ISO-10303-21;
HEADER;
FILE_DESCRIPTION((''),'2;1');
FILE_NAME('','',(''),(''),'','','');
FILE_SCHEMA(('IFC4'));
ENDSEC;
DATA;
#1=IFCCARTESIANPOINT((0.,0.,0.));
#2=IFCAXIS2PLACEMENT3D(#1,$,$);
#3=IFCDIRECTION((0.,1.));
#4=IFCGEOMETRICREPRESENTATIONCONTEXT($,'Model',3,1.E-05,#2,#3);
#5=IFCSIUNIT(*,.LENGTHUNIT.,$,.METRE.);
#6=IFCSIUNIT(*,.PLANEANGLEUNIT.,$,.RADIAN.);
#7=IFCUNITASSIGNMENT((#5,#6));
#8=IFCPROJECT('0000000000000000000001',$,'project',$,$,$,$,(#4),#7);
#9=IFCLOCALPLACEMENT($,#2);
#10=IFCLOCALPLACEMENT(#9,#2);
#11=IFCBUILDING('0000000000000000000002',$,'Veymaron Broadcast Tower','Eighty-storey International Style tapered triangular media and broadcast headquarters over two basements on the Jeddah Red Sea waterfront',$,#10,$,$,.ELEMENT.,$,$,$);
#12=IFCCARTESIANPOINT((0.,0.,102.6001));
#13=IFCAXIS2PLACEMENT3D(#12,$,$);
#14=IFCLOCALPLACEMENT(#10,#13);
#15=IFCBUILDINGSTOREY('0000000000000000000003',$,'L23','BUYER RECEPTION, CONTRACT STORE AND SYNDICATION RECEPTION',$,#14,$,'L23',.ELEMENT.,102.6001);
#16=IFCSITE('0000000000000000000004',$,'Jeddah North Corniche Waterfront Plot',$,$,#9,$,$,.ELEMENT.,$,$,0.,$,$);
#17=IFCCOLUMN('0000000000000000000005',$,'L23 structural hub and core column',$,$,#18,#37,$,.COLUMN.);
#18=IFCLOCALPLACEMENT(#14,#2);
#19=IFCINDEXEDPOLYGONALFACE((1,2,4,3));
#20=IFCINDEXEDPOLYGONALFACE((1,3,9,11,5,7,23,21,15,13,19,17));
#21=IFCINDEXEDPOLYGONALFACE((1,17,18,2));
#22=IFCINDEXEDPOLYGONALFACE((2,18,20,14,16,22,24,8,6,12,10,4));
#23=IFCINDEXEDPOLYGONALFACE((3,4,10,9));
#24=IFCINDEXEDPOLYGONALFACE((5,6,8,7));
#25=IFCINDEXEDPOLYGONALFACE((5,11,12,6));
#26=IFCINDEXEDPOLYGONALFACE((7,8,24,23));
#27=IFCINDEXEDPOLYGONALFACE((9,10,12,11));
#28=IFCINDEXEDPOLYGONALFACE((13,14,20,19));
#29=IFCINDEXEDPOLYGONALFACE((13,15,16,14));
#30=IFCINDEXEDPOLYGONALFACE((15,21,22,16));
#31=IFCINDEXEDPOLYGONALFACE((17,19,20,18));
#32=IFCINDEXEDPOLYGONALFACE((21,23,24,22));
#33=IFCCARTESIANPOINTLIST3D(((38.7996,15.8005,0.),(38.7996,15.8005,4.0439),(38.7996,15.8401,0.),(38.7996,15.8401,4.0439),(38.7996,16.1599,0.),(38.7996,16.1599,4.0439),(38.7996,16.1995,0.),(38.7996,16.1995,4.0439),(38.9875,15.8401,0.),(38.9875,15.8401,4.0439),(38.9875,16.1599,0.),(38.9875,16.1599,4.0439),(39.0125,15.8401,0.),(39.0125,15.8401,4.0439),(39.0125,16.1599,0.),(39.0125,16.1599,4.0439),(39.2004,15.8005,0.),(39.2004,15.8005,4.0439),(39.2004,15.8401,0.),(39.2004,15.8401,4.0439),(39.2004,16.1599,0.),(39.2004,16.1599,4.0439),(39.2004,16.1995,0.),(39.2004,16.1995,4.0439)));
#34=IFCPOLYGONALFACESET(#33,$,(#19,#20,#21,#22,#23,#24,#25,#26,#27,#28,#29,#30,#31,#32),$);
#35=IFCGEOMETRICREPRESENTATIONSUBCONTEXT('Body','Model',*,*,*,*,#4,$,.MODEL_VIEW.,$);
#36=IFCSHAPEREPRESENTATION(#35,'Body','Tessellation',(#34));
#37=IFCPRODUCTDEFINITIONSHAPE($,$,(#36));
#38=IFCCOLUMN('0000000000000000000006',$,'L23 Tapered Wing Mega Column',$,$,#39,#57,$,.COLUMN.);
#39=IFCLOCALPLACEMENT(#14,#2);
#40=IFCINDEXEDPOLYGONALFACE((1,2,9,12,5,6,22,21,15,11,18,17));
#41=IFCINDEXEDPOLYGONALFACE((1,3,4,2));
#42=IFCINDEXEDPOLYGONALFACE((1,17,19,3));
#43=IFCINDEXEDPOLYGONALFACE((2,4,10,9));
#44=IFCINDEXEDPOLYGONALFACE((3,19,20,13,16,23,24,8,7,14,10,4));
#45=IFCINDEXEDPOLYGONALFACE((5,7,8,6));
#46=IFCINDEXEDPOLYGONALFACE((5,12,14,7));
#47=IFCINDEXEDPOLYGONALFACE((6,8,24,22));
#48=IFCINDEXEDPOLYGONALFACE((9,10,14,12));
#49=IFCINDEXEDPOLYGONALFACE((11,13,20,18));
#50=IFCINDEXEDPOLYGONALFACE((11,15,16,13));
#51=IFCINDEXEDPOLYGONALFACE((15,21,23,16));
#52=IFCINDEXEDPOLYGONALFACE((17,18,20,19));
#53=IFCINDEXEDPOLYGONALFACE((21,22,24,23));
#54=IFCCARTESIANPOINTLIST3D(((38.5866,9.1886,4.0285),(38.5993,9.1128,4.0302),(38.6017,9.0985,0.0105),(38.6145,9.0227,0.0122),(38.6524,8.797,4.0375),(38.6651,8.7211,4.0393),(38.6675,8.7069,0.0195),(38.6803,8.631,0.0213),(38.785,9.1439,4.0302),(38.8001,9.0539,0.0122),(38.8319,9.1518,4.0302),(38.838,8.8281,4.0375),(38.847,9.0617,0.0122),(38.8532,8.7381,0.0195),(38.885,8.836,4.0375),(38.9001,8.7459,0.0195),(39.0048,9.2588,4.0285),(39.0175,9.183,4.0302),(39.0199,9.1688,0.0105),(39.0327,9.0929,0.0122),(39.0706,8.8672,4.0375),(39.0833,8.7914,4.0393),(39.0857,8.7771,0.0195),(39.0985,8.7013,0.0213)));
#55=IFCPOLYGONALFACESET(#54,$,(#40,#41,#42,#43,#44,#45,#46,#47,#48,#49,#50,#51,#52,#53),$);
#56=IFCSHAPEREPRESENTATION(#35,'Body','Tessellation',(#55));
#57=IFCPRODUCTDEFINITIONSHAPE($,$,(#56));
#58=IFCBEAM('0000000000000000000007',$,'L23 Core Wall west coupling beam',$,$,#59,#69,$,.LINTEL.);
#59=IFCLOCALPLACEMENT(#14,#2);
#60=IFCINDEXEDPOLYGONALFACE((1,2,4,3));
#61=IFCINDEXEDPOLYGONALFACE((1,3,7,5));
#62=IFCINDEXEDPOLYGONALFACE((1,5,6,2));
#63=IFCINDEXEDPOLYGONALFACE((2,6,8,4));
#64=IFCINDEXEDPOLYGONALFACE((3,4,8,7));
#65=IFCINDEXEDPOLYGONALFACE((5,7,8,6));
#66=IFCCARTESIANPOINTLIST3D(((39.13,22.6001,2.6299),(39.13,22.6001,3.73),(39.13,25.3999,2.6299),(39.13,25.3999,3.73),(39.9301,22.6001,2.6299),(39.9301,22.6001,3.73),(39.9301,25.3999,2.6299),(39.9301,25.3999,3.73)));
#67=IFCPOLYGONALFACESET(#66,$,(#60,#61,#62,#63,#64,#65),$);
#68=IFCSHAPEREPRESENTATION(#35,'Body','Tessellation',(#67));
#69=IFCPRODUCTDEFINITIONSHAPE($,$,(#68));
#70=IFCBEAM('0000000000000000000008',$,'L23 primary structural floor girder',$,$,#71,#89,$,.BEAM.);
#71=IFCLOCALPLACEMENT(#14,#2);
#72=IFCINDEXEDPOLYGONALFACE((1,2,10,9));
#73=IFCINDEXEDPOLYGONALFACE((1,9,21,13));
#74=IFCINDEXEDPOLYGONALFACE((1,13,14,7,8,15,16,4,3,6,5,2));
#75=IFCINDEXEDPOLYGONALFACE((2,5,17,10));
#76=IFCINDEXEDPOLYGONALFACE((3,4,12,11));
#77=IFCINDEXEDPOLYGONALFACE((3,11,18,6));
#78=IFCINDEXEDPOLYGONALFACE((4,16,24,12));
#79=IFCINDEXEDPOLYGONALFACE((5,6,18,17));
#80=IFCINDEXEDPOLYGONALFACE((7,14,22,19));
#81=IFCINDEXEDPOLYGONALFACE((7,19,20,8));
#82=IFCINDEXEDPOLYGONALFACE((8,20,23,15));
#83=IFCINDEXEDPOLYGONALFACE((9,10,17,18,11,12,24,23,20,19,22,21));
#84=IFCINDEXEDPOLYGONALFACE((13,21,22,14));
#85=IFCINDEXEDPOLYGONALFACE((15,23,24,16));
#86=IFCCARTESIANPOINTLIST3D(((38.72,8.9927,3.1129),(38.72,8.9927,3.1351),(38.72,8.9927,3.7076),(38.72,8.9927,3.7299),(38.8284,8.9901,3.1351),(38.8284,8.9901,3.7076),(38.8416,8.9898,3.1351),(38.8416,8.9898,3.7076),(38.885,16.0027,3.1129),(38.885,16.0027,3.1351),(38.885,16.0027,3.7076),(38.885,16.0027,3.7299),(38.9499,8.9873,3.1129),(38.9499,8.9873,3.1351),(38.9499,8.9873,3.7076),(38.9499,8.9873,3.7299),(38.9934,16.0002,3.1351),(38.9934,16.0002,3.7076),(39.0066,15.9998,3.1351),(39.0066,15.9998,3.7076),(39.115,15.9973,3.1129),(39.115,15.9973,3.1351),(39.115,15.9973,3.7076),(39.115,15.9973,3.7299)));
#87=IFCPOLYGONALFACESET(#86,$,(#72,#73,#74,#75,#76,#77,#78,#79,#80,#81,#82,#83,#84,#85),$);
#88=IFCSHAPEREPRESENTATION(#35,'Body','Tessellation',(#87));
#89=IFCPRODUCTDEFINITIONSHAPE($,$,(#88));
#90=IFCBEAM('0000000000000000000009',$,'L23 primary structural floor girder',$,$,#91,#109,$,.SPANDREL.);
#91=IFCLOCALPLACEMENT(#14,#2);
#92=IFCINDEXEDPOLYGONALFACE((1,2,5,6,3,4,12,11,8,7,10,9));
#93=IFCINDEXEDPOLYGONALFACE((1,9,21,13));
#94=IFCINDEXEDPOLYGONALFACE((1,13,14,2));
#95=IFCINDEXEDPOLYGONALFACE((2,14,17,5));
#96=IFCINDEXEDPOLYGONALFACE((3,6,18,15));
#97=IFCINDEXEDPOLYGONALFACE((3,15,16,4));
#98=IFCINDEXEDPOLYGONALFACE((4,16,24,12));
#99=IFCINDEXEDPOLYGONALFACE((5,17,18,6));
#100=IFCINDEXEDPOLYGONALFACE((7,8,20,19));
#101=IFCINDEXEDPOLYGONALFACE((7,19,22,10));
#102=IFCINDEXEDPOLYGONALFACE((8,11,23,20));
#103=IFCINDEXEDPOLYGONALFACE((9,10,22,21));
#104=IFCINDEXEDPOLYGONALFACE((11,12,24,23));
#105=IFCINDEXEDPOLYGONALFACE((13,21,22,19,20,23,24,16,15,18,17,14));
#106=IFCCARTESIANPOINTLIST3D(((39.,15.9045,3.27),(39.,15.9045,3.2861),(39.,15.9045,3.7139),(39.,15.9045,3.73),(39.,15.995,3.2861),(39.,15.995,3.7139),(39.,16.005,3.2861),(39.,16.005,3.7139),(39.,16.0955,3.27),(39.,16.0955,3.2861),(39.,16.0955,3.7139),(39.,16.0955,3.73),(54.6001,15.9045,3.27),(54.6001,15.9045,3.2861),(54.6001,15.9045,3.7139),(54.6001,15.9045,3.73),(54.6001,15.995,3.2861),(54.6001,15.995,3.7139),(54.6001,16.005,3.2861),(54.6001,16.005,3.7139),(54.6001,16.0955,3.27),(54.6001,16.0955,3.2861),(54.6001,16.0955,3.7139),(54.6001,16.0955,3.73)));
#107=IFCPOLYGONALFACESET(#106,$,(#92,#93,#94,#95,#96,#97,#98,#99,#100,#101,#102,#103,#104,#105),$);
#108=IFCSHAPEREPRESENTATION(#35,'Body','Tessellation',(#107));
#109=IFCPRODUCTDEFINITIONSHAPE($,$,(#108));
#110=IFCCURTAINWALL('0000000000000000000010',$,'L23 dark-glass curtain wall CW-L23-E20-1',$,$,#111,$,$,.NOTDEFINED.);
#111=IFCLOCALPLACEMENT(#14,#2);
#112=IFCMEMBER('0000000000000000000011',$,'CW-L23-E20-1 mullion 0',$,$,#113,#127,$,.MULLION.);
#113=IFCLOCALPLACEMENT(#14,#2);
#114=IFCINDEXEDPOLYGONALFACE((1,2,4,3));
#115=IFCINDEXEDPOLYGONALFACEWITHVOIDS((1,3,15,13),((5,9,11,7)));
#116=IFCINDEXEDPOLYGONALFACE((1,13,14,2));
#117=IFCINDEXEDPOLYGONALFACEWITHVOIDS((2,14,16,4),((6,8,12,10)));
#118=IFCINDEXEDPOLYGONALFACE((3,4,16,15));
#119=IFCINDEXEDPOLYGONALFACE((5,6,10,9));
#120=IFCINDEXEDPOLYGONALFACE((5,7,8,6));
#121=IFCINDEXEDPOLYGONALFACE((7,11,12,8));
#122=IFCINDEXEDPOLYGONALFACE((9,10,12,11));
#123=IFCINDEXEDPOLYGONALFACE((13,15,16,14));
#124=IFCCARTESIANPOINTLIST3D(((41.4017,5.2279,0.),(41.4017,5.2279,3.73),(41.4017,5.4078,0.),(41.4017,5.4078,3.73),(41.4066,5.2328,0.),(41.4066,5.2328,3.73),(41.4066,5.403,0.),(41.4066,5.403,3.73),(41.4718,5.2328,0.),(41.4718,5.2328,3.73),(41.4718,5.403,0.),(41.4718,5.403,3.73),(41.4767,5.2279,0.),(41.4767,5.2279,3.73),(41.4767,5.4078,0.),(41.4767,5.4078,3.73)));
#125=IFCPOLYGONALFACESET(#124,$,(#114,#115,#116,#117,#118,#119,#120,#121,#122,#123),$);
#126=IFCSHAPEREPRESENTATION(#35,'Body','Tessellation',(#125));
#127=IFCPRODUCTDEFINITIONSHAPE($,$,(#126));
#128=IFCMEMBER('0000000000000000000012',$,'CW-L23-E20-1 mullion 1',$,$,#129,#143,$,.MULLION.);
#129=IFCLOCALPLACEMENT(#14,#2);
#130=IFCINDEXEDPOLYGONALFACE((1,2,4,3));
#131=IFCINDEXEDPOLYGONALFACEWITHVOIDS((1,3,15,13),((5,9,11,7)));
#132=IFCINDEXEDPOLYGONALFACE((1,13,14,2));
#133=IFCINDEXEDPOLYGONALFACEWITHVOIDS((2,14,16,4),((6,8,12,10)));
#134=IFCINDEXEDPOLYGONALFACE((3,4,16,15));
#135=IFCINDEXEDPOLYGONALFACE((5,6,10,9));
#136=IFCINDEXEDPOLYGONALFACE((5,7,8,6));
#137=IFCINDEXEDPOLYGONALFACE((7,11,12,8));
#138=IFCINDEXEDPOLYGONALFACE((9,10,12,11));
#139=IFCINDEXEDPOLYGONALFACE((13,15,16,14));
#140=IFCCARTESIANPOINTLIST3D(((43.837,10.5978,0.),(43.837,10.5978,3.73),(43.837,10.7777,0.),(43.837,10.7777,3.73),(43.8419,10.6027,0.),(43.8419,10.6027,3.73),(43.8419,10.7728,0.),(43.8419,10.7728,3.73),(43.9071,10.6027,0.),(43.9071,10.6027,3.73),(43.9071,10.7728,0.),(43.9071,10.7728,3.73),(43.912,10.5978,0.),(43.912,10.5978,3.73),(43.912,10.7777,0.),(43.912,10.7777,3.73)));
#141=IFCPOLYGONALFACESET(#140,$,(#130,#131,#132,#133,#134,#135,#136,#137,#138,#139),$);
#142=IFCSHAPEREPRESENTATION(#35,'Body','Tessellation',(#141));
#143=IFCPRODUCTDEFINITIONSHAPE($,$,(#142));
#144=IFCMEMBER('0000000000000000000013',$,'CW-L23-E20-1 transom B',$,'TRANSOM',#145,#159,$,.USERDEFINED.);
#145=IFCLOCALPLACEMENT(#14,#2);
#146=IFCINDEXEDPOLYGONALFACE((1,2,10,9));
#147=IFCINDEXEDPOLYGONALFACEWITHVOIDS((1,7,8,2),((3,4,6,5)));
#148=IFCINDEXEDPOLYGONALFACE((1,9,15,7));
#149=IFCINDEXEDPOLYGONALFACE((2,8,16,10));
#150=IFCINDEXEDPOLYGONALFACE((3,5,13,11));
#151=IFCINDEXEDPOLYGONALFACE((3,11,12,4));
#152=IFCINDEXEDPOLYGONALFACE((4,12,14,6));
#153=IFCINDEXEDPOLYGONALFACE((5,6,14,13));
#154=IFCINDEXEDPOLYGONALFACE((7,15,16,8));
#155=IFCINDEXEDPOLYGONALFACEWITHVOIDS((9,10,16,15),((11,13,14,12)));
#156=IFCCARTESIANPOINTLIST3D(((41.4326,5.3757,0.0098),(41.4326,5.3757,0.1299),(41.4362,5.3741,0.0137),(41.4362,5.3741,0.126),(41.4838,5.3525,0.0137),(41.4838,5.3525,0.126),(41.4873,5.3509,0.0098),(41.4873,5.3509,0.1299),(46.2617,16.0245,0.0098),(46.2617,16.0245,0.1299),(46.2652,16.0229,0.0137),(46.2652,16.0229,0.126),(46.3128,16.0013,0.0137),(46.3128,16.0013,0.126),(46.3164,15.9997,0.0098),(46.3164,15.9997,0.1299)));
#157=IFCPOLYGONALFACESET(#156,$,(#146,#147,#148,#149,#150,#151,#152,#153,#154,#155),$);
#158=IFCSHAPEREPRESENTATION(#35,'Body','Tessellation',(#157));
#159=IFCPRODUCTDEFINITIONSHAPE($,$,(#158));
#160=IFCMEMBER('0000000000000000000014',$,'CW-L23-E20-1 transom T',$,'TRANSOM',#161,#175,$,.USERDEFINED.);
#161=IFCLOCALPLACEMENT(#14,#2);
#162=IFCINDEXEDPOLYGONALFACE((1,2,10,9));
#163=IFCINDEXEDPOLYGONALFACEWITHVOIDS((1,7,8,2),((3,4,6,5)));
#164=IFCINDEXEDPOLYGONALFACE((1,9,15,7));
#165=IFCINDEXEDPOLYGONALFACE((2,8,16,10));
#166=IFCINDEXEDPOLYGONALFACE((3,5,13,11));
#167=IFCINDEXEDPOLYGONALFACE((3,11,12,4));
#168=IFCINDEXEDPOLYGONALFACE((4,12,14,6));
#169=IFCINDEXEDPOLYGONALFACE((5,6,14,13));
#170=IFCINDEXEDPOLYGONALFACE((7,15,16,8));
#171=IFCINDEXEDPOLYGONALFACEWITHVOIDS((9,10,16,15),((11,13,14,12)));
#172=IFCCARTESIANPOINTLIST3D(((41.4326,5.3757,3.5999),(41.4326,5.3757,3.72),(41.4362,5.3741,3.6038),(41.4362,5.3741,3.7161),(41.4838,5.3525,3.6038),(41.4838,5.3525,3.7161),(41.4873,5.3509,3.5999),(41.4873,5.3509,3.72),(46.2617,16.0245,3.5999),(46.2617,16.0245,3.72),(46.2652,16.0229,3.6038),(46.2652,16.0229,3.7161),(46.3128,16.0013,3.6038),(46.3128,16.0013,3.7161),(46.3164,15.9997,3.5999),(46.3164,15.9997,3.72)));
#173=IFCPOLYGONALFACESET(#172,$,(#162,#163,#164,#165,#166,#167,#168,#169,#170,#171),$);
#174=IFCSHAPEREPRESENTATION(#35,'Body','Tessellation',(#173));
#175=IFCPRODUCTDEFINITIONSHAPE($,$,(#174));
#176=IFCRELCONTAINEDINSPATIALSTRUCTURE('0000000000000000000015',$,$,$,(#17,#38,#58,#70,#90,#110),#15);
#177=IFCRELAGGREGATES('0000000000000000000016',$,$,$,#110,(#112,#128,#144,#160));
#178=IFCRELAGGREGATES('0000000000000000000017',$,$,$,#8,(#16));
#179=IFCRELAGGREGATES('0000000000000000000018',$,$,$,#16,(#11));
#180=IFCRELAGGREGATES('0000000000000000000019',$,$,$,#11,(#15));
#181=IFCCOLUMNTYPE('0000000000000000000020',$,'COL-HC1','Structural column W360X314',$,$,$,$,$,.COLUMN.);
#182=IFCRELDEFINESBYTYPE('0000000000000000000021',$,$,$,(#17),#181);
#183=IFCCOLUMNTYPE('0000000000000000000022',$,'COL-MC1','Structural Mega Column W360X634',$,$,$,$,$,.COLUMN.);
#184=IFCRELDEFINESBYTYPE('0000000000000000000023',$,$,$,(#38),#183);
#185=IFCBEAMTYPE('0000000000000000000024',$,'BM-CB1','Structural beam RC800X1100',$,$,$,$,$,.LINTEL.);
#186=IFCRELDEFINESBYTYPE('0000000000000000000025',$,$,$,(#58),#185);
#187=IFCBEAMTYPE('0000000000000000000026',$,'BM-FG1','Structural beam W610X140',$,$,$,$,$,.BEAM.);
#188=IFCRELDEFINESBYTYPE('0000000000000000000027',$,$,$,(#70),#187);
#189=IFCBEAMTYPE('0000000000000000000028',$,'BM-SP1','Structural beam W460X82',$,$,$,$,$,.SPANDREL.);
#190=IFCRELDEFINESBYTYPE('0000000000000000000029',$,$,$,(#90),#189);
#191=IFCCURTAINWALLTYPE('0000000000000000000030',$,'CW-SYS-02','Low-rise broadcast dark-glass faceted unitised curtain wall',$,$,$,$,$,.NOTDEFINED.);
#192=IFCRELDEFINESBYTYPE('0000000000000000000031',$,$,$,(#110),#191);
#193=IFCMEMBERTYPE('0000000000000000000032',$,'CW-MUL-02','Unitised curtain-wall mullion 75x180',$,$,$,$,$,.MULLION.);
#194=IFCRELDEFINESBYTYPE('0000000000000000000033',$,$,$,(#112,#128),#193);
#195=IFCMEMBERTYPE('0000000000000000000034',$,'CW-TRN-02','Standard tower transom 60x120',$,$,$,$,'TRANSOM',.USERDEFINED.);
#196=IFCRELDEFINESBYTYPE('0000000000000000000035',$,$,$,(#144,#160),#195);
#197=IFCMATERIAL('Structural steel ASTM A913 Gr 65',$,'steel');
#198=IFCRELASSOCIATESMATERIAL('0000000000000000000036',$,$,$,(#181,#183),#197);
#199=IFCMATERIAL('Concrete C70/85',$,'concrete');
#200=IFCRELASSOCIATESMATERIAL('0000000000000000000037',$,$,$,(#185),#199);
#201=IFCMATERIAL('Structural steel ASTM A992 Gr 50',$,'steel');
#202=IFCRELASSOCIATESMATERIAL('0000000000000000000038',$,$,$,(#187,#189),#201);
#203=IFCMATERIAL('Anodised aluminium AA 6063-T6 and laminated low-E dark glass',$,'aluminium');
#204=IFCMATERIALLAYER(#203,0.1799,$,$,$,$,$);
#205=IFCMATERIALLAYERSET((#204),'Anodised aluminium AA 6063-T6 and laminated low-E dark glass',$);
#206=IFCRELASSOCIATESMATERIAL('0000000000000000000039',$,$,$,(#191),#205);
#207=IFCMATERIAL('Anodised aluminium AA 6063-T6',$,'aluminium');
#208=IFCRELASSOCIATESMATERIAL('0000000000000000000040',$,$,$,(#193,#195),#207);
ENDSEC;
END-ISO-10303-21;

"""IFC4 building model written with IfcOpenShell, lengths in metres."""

from ifc_helpers import new_model, si_unit, direction, frame, origin, origin_2d, place, context, subcontext, project, spatial, rectangle, hollow_rectangle, i_section, extrude, material, layer, layer_set, material_profile, profile_set, type_object, element, aggregate, save


model = new_model("IFC4")

# Units and contexts
model_context = context("Model", 3, precision=1e-05, world=origin(), true_north=direction((0.0, 1.0)))
body_context = subcontext(model_context, "Body", "Model", "MODEL_VIEW")
ifc_project = project(units=[si_unit("LENGTHUNIT", "METRE"), si_unit("PLANEANGLEUNIT", "RADIAN")], contexts=[model_context])

# Site, building, storey
site_placement = place(None, origin())
site = spatial("IfcSite", under=ifc_project, at=site_placement, Name="Jeddah North Corniche Waterfront Plot", CompositionType="ELEMENT", RefElevation=0.0)
building_placement = place(site_placement, origin())
building = spatial("IfcBuilding", under=site, at=building_placement, Name="Veymaron Broadcast Tower", Description="Eighty-storey International Style tapered triangular media and broadcast headquarters over two basements on the Jeddah Red Sea waterfront", CompositionType="ELEMENT")
storey_placement = place(building_placement, frame((0.0, 0.0, 102.6001)))
storey = spatial("IfcBuildingStorey", under=building, at=storey_placement, Name="L23", Description="BUYER RECEPTION, CONTRACT STORE AND SYNDICATION RECEPTION", LongName="L23", CompositionType="ELEMENT", Elevation=102.6001)

# Columns
ifc_material_1 = material(Name="Structural steel ASTM A913 Gr 65", Category="steel")
ifc_material_profile_1 = material_profile(ifc_material_1, i_section(OverallWidth=0.4009, OverallDepth=0.3989, WebThickness=0.0249, FlangeThickness=0.0396, at=origin_2d()), Name="W360X314")
ifc_profile_set_1 = profile_set([ifc_material_profile_1], Name="Structural steel ASTM A913 Gr 65")
column_type_1 = type_object("IfcColumnType", Name="COL-HC1", Description="Structural column W360X314", PredefinedType="COLUMN", material=ifc_profile_set_1)
column_1_placement = place(storey_placement, frame((39.0, 16.0, 0.0), z_axis=(0.0, 0.0, 1.0), x_axis=(1.0, 0.0, 0.0)))
element("IfcColumn", 1, at=column_1_placement, inside=storey, type_object=column_type_1, Name="L23 structural hub and core column", PredefinedType="COLUMN", context=body_context, shape_type="SweptSolid", body=[
    extrude(i_section(OverallWidth=0.4009, OverallDepth=0.3989, WebThickness=0.0249, FlangeThickness=0.0396, at=origin_2d()), origin(), (0.0, 0.0, 1.0), 4.0439),
])
ifc_material_profile_2 = material_profile(ifc_material_1, i_section(OverallWidth=0.4241, OverallDepth=0.4741, WebThickness=0.0476, FlangeThickness=0.0769, at=origin_2d()), Name="W360X634")
ifc_profile_set_2 = profile_set([ifc_material_profile_2], Name="Structural steel ASTM A913 Gr 65")
column_type_2 = type_object("IfcColumnType", Name="COL-MC1", Description="Structural Mega Column W360X634", PredefinedType="COLUMN", material=ifc_profile_set_2)
column_2_placement = place(storey_placement, frame((38.8501, 8.8999, 0.0159), z_axis=(-0.003766, 0.022415, 0.999742), x_axis=(-0.986176, -0.165699, 0.0)))
element("IfcColumn", 2, at=column_2_placement, inside=storey, type_object=column_type_2, Name="L23 Tapered Wing Mega Column", PredefinedType="COLUMN", context=body_context, shape_type="SweptSolid", body=[
    extrude(i_section(OverallWidth=0.4241, OverallDepth=0.4741, WebThickness=0.0476, FlangeThickness=0.0769, at=origin_2d()), origin(), (0.0, 0.0, 1.0), 4.019),
])

# Beams
ifc_material_2 = material(Name="Concrete C70/85", Category="concrete")
ifc_material_profile_3 = material_profile(ifc_material_2, rectangle(XDim=0.8, YDim=1.1001, at=origin_2d()), Name="RC800X1100")
ifc_profile_set_3 = profile_set([ifc_material_profile_3], Name="Concrete C70/85")
beam_type_1 = type_object("IfcBeamType", Name="BM-CB1", Description="Structural beam RC800X1100", PredefinedType="LINTEL", material=ifc_profile_set_3)
beam_1_placement = place(storey_placement, frame((39.53, 22.6001, 3.1799), z_axis=(0.0, 1.0, 0.0), x_axis=(-1.0, 0.0, 0.0)))
element("IfcBeam", 3, at=beam_1_placement, inside=storey, type_object=beam_type_1, Name="L23 Core Wall west coupling beam", PredefinedType="LINTEL", context=body_context, shape_type="SweptSolid", body=[
    extrude(rectangle(XDim=0.8, YDim=1.1001, at=origin_2d()), origin(), (0.0, 0.0, 1.0), 2.7998),
])
ifc_material_3 = material(Name="Structural steel ASTM A992 Gr 50", Category="steel")
ifc_material_profile_4 = material_profile(ifc_material_3, i_section(OverallWidth=0.23, OverallDepth=0.6169, WebThickness=0.0132, FlangeThickness=0.0222, at=origin_2d()), Name="W610X140")
ifc_profile_set_4 = profile_set([ifc_material_profile_4], Name="Structural steel ASTM A992 Gr 50")
beam_type_2 = type_object("IfcBeamType", Name="BM-FG1", Description="Structural beam W610X140", PredefinedType="BEAM", material=ifc_profile_set_4)
beam_2_placement = place(storey_placement, frame((39.0, 16.0, 3.4214), z_axis=(-0.023537, -0.999723, 0.0), x_axis=(0.999723, -0.023537, 0.0)))
element("IfcBeam", 4, at=beam_2_placement, inside=storey, type_object=beam_type_2, Name="L23 primary structural floor girder", PredefinedType="BEAM", context=body_context, shape_type="SweptSolid", body=[
    extrude(i_section(OverallWidth=0.23, OverallDepth=0.6169, WebThickness=0.0132, FlangeThickness=0.0222, at=origin_2d()), origin(), (0.0, 0.0, 1.0), 7.012),
])
ifc_material_profile_5 = material_profile(ifc_material_3, i_section(OverallWidth=0.1909, OverallDepth=0.46, WebThickness=0.01, FlangeThickness=0.0161, at=origin_2d()), Name="W460X82")
ifc_profile_set_5 = profile_set([ifc_material_profile_5], Name="Structural steel ASTM A992 Gr 50")
beam_type_3 = type_object("IfcBeamType", Name="BM-SP1", Description="Structural beam W460X82", PredefinedType="SPANDREL", material=ifc_profile_set_5)
beam_3_placement = place(storey_placement, frame((39.0, 16.0, 3.5), z_axis=(1.0, 0.0, 0.0), x_axis=(0.0, 1.0, 0.0)))
element("IfcBeam", 5, at=beam_3_placement, inside=storey, type_object=beam_type_3, Name="L23 primary structural floor girder", PredefinedType="SPANDREL", context=body_context, shape_type="SweptSolid", body=[
    extrude(i_section(OverallWidth=0.1909, OverallDepth=0.46, WebThickness=0.01, FlangeThickness=0.0161, at=origin_2d()), origin(), (0.0, 0.0, 1.0), 15.6001),
])

# Curtain wall, members
ifc_material_4 = material(Name="Anodised aluminium AA 6063-T6 and laminated low-E dark glass", Category="aluminium")
ifc_layer_1 = layer(ifc_material_4, 0.1799)
ifc_layer_set_1 = layer_set([ifc_layer_1], Name="Anodised aluminium AA 6063-T6 and laminated low-E dark glass")
curtain_wall_type = type_object("IfcCurtainWallType", Name="CW-SYS-02", Description="Low-rise broadcast dark-glass faceted unitised curtain wall", PredefinedType="NOTDEFINED", material=ifc_layer_set_1)
curtain_wall_placement = place(storey_placement, origin())
curtain_wall = element("IfcCurtainWall", 6, at=curtain_wall_placement, inside=storey, type_object=curtain_wall_type, Name="L23 dark-glass curtain wall CW-L23-E20-1", PredefinedType="NOTDEFINED")
ifc_material_5 = material(Name="Anodised aluminium AA 6063-T6", Category="aluminium")
ifc_material_profile_6 = material_profile(ifc_material_5, hollow_rectangle(XDim=0.075, YDim=0.1799, WallThickness=0.0049, at=origin_2d()), Name="AL180X75X5")
ifc_profile_set_6 = profile_set([ifc_material_profile_6], Name="Anodised aluminium AA 6063-T6")
member_type_1 = type_object("IfcMemberType", Name="CW-MUL-02", Description="Unitised curtain-wall mullion 75x180", PredefinedType="MULLION", material=ifc_profile_set_6)
member_1_placement = place(storey_placement, frame((41.4392, 5.3179, 0.0), z_axis=(0.0, 0.0, 1.0), x_axis=(1.0, 0.0, 0.0)))
member_1 = element("IfcMember", 7, at=member_1_placement, type_object=member_type_1, Name="CW-L23-E20-1 mullion 0", PredefinedType="MULLION", context=body_context, shape_type="SweptSolid", body=[
    extrude(hollow_rectangle(XDim=0.075, YDim=0.1799, WallThickness=0.0049, at=origin_2d()), origin(), (0.0, 0.0, 1.0), 3.73),
])
member_2_placement = place(storey_placement, frame((43.8745, 10.6877, 0.0), z_axis=(0.0, 0.0, 1.0), x_axis=(1.0, 0.0, 0.0)))
member_2 = element("IfcMember", 8, at=member_2_placement, type_object=member_type_1, Name="CW-L23-E20-1 mullion 1", PredefinedType="MULLION", context=body_context, shape_type="SweptSolid", body=[
    extrude(hollow_rectangle(XDim=0.075, YDim=0.1799, WallThickness=0.0049, at=origin_2d()), origin(), (0.0, 0.0, 1.0), 3.73),
])
ifc_material_profile_7 = material_profile(ifc_material_5, hollow_rectangle(XDim=0.0601, YDim=0.1201, WallThickness=0.0039, at=origin_2d()), Name="AL120X60X4")
ifc_profile_set_7 = profile_set([ifc_material_profile_7], Name="Anodised aluminium AA 6063-T6")
member_type_2 = type_object("IfcMemberType", Name="CW-TRN-02", Description="Standard tower transom 60x120", ElementType="TRANSOM", PredefinedType="USERDEFINED", material=ifc_profile_set_7)
member_3_placement = place(storey_placement, frame((41.46, 5.3633, 0.0698), z_axis=(0.413, 0.910731, 0.0), x_axis=(-0.910731, 0.413, 0.0)))
member_3 = element("IfcMember", 9, at=member_3_placement, type_object=member_type_2, Name="CW-L23-E20-1 transom B", ObjectType="TRANSOM", PredefinedType="USERDEFINED", context=body_context, shape_type="SweptSolid", body=[
    extrude(hollow_rectangle(XDim=0.0601, YDim=0.1201, WallThickness=0.0039, at=origin_2d()), origin(), (0.0, 0.0, 1.0), 11.6926),
])
member_4_placement = place(storey_placement, frame((41.46, 5.3633, 3.6599), z_axis=(0.413, 0.910731, 0.0), x_axis=(-0.910731, 0.413, 0.0)))
member_4 = element("IfcMember", 10, at=member_4_placement, type_object=member_type_2, Name="CW-L23-E20-1 transom T", ObjectType="TRANSOM", PredefinedType="USERDEFINED", context=body_context, shape_type="SweptSolid", body=[
    extrude(hollow_rectangle(XDim=0.0601, YDim=0.1201, WallThickness=0.0039, at=origin_2d()), origin(), (0.0, 0.0, 1.0), 11.6926),
])
aggregate(curtain_wall, [member_1, member_2, member_3, member_4])

save(model, "model.ifc")
